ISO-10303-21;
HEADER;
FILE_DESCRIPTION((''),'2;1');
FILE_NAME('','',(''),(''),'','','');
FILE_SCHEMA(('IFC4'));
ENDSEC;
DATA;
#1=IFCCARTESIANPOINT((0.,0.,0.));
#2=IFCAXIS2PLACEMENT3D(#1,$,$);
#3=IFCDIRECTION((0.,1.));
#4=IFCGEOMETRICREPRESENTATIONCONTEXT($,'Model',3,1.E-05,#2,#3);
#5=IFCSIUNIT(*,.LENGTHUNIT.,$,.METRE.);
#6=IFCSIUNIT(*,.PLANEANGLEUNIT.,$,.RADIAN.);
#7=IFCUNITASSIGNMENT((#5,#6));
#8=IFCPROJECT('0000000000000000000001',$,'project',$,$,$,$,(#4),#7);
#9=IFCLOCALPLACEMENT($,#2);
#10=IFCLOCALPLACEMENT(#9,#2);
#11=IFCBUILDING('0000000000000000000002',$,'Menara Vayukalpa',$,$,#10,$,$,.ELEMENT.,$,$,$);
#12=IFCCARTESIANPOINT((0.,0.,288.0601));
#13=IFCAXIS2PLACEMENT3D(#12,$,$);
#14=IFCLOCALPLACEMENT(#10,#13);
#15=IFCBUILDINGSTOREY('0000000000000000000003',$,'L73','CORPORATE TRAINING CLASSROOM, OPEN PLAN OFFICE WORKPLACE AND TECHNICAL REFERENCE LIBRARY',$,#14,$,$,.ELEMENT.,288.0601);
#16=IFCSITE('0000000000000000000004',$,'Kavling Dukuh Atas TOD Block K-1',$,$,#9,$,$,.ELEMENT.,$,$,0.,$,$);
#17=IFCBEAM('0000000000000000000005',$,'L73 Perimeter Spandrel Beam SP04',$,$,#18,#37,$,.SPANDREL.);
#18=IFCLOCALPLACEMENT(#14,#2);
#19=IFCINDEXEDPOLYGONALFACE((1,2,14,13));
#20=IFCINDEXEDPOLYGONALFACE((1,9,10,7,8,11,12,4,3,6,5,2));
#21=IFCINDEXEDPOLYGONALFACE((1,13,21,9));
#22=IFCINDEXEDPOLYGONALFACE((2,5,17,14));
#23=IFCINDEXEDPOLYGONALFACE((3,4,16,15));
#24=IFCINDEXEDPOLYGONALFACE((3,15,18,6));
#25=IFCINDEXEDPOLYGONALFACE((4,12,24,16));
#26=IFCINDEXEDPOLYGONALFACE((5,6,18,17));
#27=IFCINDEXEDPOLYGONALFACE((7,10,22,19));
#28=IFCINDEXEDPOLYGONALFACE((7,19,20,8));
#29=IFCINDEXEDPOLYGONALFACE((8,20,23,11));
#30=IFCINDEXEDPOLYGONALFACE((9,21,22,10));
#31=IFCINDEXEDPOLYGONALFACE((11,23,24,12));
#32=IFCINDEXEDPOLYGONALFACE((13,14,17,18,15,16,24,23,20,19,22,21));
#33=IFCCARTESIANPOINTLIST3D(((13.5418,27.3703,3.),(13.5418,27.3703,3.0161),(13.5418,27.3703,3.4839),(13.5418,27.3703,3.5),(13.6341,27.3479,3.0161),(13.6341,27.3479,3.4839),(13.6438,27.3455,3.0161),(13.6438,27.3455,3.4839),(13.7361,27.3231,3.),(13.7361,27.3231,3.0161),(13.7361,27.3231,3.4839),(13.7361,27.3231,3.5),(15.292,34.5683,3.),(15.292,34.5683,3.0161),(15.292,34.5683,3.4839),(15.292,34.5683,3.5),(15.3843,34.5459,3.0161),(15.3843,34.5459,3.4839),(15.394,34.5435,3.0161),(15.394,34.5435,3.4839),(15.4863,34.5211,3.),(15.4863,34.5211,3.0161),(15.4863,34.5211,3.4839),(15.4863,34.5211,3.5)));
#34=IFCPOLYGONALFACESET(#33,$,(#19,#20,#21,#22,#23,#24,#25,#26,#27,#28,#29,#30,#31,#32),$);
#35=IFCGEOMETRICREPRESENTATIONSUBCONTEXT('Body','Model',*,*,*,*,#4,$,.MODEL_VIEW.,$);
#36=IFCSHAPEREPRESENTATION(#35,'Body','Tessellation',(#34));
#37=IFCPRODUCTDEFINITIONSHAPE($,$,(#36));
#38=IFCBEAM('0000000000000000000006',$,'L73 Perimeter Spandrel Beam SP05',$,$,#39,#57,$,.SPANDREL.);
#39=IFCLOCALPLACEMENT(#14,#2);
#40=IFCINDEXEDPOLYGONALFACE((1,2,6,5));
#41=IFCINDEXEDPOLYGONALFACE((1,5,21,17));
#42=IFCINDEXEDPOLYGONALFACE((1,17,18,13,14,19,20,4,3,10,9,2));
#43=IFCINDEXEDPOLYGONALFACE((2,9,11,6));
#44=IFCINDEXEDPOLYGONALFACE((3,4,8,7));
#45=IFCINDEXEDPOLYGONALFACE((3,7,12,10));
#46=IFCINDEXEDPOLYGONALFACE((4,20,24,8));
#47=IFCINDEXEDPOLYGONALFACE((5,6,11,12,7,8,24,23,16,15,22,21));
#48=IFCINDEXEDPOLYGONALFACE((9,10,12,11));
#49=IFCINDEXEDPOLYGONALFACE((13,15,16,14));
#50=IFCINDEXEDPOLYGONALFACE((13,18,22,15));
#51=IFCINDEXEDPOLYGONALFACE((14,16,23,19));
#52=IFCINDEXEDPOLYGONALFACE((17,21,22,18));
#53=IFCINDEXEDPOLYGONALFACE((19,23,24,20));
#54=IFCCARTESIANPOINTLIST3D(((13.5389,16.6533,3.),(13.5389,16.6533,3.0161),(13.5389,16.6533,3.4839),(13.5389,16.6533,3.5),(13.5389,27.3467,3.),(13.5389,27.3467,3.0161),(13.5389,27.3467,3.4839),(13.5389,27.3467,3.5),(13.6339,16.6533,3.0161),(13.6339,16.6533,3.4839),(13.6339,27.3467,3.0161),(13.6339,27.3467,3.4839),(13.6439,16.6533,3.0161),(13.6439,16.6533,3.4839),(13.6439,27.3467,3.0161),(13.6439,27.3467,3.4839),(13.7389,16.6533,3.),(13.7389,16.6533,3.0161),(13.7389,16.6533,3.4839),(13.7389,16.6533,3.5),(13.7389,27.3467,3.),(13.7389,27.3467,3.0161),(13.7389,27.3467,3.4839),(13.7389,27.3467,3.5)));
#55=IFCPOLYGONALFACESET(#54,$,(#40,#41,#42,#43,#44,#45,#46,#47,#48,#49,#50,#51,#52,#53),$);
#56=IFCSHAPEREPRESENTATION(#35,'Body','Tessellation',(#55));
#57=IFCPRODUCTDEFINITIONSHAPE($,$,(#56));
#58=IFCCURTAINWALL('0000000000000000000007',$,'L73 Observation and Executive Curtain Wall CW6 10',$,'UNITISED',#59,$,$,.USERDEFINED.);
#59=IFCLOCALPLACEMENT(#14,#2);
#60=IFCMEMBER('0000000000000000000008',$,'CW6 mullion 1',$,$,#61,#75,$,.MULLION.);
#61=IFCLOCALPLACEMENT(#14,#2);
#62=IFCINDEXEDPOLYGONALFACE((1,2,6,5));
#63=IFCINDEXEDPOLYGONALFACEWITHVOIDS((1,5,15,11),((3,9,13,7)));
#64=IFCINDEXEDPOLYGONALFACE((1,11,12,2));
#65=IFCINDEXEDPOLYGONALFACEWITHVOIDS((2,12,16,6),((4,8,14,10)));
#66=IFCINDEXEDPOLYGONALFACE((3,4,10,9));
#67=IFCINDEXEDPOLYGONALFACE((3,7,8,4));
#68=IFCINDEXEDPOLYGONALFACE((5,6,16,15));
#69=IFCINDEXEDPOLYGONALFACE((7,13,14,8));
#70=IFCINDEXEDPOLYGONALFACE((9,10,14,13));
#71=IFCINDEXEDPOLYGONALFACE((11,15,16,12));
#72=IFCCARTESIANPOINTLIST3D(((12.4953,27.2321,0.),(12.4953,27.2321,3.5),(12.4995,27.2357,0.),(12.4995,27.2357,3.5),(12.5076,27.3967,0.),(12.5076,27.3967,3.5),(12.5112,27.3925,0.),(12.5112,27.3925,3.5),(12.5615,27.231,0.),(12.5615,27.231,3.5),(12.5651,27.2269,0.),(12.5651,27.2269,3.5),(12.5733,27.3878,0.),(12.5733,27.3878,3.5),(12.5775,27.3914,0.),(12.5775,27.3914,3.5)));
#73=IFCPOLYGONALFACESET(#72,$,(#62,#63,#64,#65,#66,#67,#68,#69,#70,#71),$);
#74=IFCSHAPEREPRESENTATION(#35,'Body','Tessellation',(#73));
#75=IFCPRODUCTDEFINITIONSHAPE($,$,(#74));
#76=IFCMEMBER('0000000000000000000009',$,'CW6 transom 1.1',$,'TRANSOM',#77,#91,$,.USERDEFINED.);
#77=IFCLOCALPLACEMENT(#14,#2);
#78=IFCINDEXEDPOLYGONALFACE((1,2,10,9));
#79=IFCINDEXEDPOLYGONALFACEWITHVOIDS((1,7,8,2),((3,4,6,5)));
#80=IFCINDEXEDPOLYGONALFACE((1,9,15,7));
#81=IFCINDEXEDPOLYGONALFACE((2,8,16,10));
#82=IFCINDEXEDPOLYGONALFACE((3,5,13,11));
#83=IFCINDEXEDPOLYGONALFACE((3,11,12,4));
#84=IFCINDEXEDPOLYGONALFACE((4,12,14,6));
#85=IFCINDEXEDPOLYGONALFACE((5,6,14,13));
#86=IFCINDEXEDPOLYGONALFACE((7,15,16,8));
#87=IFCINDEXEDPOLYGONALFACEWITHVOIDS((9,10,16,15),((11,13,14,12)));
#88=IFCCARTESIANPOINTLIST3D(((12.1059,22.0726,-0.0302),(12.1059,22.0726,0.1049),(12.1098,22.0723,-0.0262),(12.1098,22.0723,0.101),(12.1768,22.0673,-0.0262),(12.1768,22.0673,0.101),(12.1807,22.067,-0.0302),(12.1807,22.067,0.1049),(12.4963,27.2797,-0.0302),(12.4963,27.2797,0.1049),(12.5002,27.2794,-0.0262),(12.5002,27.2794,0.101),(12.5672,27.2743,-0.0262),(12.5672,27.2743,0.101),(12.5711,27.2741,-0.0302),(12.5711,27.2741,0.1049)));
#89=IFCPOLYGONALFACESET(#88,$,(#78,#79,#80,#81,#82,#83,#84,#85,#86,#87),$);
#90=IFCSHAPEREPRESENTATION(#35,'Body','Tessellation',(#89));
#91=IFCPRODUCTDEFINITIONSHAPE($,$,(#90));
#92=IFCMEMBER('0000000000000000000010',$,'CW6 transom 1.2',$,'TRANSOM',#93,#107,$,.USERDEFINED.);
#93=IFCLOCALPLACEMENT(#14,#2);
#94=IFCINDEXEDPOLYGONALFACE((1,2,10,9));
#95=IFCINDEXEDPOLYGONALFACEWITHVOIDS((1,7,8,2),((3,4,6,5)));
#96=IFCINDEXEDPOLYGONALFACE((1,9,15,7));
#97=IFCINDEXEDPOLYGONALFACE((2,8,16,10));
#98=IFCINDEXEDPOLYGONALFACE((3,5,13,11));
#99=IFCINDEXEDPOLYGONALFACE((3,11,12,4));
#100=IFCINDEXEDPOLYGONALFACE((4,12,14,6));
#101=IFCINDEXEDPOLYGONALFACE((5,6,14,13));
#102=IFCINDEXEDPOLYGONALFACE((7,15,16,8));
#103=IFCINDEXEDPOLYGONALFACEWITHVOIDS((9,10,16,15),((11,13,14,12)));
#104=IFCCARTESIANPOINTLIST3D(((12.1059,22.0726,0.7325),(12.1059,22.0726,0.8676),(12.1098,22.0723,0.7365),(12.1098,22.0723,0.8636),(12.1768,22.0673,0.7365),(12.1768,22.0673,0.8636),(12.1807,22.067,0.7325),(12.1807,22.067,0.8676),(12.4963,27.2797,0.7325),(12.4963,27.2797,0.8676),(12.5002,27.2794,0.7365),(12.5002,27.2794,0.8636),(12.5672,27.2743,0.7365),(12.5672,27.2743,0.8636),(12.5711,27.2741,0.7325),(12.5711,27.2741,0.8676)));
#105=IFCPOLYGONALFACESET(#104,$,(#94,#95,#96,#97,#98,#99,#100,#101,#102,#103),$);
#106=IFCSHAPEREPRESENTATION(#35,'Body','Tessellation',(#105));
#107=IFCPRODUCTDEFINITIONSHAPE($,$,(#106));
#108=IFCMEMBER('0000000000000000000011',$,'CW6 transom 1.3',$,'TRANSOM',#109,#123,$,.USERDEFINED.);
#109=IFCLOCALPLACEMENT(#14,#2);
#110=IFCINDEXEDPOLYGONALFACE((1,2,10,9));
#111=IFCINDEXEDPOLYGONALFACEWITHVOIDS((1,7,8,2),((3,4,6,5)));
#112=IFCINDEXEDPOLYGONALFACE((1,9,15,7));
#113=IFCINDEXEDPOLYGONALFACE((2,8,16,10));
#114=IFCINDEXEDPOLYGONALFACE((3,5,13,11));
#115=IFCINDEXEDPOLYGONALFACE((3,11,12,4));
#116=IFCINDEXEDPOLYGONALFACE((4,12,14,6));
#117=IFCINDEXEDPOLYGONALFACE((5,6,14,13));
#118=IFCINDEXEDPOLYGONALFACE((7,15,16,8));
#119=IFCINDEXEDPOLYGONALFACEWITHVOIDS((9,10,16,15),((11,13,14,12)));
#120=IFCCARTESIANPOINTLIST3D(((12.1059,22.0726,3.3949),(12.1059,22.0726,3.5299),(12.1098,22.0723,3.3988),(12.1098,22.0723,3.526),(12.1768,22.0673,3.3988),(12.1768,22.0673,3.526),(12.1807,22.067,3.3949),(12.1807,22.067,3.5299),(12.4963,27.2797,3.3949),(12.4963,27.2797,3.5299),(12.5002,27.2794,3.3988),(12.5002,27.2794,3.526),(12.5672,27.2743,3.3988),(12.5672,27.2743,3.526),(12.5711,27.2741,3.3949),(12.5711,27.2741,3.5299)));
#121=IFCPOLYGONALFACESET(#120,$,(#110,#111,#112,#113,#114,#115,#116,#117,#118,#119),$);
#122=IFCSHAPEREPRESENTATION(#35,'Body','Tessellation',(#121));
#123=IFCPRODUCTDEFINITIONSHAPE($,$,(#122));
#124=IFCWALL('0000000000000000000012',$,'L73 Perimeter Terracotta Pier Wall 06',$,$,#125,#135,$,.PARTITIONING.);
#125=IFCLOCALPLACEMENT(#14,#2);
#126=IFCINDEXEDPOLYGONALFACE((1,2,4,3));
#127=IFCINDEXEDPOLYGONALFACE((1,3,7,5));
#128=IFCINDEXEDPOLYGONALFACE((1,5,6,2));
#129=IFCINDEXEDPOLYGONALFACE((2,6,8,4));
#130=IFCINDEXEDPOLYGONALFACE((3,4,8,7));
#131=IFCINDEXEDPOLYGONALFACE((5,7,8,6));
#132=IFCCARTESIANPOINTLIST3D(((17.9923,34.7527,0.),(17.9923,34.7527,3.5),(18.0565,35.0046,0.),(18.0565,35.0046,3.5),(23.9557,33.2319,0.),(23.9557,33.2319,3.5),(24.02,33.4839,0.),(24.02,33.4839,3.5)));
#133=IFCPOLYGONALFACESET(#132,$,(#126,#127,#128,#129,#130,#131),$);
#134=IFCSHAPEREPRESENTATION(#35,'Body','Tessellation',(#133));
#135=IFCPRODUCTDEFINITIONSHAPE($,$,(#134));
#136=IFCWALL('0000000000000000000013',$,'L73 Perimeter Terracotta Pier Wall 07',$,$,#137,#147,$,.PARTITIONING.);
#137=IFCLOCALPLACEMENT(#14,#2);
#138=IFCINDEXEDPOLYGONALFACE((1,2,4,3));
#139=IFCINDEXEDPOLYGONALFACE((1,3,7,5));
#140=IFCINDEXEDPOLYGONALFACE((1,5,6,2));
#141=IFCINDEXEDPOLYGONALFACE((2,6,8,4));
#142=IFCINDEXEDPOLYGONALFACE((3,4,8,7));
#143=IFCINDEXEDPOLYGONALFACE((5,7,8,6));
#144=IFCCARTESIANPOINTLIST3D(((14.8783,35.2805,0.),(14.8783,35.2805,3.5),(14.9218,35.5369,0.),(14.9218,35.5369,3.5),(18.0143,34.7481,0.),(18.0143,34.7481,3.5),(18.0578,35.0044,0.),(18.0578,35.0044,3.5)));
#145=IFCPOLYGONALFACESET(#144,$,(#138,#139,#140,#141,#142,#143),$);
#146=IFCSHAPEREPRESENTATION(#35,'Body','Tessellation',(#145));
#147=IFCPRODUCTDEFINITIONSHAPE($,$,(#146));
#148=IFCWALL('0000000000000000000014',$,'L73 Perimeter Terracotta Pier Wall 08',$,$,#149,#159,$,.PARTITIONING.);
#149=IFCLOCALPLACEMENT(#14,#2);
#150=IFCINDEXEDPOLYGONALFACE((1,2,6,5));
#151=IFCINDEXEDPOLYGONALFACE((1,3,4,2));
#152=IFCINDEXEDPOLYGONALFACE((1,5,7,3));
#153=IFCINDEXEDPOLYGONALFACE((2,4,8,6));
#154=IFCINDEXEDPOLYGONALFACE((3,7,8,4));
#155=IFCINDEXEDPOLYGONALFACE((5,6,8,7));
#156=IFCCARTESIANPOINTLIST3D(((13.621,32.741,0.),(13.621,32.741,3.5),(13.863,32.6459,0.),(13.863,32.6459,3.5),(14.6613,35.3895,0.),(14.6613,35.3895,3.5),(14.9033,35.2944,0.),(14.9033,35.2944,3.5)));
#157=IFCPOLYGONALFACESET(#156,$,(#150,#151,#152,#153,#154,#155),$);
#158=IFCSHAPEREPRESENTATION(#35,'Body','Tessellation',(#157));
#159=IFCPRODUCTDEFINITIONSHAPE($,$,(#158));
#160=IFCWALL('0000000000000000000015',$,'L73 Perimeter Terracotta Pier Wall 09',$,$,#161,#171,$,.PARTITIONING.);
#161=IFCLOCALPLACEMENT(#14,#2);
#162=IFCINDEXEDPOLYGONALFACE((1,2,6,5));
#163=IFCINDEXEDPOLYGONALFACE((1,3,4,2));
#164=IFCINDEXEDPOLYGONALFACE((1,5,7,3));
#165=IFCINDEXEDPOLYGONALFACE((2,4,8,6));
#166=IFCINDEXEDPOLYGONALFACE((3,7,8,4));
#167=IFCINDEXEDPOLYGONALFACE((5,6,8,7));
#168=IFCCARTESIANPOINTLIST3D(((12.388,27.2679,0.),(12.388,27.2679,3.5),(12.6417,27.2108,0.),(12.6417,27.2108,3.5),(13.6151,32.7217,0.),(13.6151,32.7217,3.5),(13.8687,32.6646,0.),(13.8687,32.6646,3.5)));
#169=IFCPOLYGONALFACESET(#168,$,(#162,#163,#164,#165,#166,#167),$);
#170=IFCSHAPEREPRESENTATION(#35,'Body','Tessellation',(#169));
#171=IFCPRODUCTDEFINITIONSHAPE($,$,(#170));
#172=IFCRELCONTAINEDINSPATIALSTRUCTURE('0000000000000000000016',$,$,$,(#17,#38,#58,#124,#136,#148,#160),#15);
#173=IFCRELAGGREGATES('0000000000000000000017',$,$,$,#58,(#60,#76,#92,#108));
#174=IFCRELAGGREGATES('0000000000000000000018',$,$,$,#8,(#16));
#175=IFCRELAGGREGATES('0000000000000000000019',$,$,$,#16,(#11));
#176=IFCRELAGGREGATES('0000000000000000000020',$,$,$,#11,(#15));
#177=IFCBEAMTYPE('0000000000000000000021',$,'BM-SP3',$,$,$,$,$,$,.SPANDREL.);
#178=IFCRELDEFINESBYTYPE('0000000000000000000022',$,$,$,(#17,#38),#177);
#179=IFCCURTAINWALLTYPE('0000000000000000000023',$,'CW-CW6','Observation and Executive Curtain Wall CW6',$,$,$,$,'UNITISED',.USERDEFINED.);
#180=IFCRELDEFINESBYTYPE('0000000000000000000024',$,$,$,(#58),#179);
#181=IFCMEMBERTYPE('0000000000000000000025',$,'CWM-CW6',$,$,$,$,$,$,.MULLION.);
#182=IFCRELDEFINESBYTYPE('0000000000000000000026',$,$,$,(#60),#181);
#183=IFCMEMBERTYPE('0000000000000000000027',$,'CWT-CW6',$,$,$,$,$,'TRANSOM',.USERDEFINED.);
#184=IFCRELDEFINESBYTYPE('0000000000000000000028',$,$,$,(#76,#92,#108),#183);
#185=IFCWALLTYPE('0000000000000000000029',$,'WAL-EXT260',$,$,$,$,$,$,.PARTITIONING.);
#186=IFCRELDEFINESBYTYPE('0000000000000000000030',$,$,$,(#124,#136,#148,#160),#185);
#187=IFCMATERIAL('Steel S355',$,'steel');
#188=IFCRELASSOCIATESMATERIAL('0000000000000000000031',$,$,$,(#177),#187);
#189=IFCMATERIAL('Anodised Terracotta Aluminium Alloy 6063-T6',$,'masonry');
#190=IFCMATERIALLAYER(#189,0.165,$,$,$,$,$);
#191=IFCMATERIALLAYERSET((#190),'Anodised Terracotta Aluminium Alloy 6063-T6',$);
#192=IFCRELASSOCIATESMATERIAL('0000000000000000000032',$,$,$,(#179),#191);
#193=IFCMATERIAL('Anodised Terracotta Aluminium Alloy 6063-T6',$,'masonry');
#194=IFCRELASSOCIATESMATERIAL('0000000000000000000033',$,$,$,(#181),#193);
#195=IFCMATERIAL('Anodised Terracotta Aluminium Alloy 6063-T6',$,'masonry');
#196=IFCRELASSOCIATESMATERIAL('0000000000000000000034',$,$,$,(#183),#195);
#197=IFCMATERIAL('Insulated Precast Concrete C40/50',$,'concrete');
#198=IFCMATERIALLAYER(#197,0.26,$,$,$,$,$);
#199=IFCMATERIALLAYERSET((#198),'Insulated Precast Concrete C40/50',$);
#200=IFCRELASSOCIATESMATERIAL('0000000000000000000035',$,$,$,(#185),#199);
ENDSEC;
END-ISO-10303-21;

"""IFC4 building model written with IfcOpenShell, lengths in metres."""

from ifc_helpers import new_model, si_unit, direction, frame, frame_2d, origin, origin_2d, place, context, subcontext, project, spatial, rectangle, hollow_rectangle, i_section, extrude, material, layer, layer_set, material_profile, profile_set, type_object, element, aggregate, save


model = new_model("IFC4")

# Units and contexts
model_context = context("Model", 3, precision=1e-05, world=origin(), true_north=direction((0.0, 1.0)))
body_context = subcontext(model_context, "Body", "Model", "MODEL_VIEW")
ifc_project = project(units=[si_unit("LENGTHUNIT", "METRE"), si_unit("PLANEANGLEUNIT", "RADIAN")], contexts=[model_context])

# Site, building, storey
site_placement = place(None, origin())
site = spatial("IfcSite", under=ifc_project, at=site_placement, Name="Kavling Dukuh Atas TOD Block K-1", CompositionType="ELEMENT", RefElevation=0.0)
building_placement = place(site_placement, origin())
building = spatial("IfcBuilding", under=site, at=building_placement, Name="Menara Vayukalpa", CompositionType="ELEMENT")
storey_placement = place(building_placement, frame((0.0, 0.0, 288.0601)))
storey = spatial("IfcBuildingStorey", under=building, at=storey_placement, Name="L73", Description="CORPORATE TRAINING CLASSROOM, OPEN PLAN OFFICE WORKPLACE AND TECHNICAL REFERENCE LIBRARY", CompositionType="ELEMENT", Elevation=288.0601)

# Beams
ifc_material_1 = material(Name="Steel S355", Category="steel")
ifc_material_profile_1 = material_profile(ifc_material_1, i_section(OverallWidth=0.2, OverallDepth=0.5, WebThickness=0.01, FlangeThickness=0.0161, at=origin_2d()), Name="WF 500x200x10x16")
ifc_profile_set_1 = profile_set([ifc_material_profile_1], Name="Steel S355")
beam_type_1 = type_object("IfcBeamType", Name="BM-SP3", PredefinedType="SPANDREL", material=ifc_profile_set_1)
beam_1_placement = place(storey_placement, frame((15.3892, 34.5447, 3.25), z_axis=(-0.236273, -0.971687, 0.0), x_axis=(0.971687, -0.236273, 0.0)))
element("IfcBeam", 1, at=beam_1_placement, inside=storey, type_object=beam_type_1, Name="L73 Perimeter Spandrel Beam SP04", PredefinedType="SPANDREL", context=body_context, shape_type="SweptSolid", body=[
    extrude(i_section(OverallWidth=0.2, OverallDepth=0.5, WebThickness=0.01, FlangeThickness=0.0161, at=origin_2d()), origin(), (0.0, 0.0, 1.0), 7.4077),
])
beam_2_placement = place(storey_placement, frame((13.6389, 27.3467, 3.25), z_axis=(0.0, -1.0, 0.0), x_axis=(1.0, 0.0, 0.0)))
element("IfcBeam", 2, at=beam_2_placement, inside=storey, type_object=beam_type_1, Name="L73 Perimeter Spandrel Beam SP05", PredefinedType="SPANDREL", context=body_context, shape_type="SweptSolid", body=[
    extrude(i_section(OverallWidth=0.2, OverallDepth=0.5, WebThickness=0.01, FlangeThickness=0.0161, at=origin_2d()), origin(), (0.0, 0.0, 1.0), 10.6934),
])

# Curtain wall, members
ifc_material_2 = material(Name="Anodised Terracotta Aluminium Alloy 6063-T6", Category="masonry")
ifc_layer_1 = layer(ifc_material_2, 0.165)
ifc_layer_set_1 = layer_set([ifc_layer_1], Name="Anodised Terracotta Aluminium Alloy 6063-T6")
curtain_wall_type = type_object("IfcCurtainWallType", Name="CW-CW6", Description="Observation and Executive Curtain Wall CW6", ElementType="UNITISED", PredefinedType="USERDEFINED", material=ifc_layer_set_1)
curtain_wall_placement = place(storey_placement, origin())
curtain_wall = element("IfcCurtainWall", 3, at=curtain_wall_placement, inside=storey, type_object=curtain_wall_type, Name="L73 Observation and Executive Curtain Wall CW6 10", ObjectType="UNITISED", PredefinedType="USERDEFINED")
ifc_material_3 = material(Name="Anodised Terracotta Aluminium Alloy 6063-T6", Category="masonry")
ifc_material_profile_2 = material_profile(ifc_material_3, hollow_rectangle(XDim=0.0701, YDim=0.165, WallThickness=0.0039, at=origin_2d()), Name="ALU 70x165x4")
ifc_profile_set_2 = profile_set([ifc_material_profile_2], Name="Anodised Terracotta Aluminium Alloy 6063-T6")
member_type_1 = type_object("IfcMemberType", Name="CWM-CW6", PredefinedType="MULLION", material=ifc_profile_set_2)
member_1_placement = place(storey_placement, frame((12.5364, 27.3118, 0.0), z_axis=(0.0, 0.0, 1.0), x_axis=(0.997199, -0.074789, 0.0)))
member_1 = element("IfcMember", 4, at=member_1_placement, type_object=member_type_1, Name="CW6 mullion 1", PredefinedType="MULLION", context=body_context, shape_type="SweptSolid", body=[
    extrude(hollow_rectangle(XDim=0.0701, YDim=0.165, WallThickness=0.0039, at=origin_2d()), origin(), (0.0, 0.0, 1.0), 3.5),
])
ifc_material_4 = material(Name="Anodised Terracotta Aluminium Alloy 6063-T6", Category="masonry")
ifc_material_profile_3 = material_profile(ifc_material_4, hollow_rectangle(XDim=0.075, YDim=0.135, WallThickness=0.0039, at=origin_2d()), Name="ALU 75x135x4")
ifc_profile_set_3 = profile_set([ifc_material_profile_3], Name="Anodised Terracotta Aluminium Alloy 6063-T6")
member_type_2 = type_object("IfcMemberType", Name="CWT-CW6", ElementType="TRANSOM", PredefinedType="USERDEFINED", material=ifc_profile_set_3)
member_2_placement = place(storey_placement, frame((12.5337, 27.2769, 0.0374), z_axis=(-0.074762, -0.997201, 0.0), x_axis=(0.997201, -0.074762, 0.0)))
member_2 = element("IfcMember", 5, at=member_2_placement, type_object=member_type_2, Name="CW6 transom 1.1", ObjectType="TRANSOM", PredefinedType="USERDEFINED", context=body_context, shape_type="SweptSolid", body=[
    extrude(hollow_rectangle(XDim=0.075, YDim=0.135, WallThickness=0.0039, at=origin_2d()), origin(), (0.0, 0.0, 1.0), 5.2217),
])
member_3_placement = place(storey_placement, frame((12.5337, 27.2769, 0.8), z_axis=(-0.074762, -0.997201, 0.0), x_axis=(0.997201, -0.074762, 0.0)))
member_3 = element("IfcMember", 6, at=member_3_placement, type_object=member_type_2, Name="CW6 transom 1.2", ObjectType="TRANSOM", PredefinedType="USERDEFINED", context=body_context, shape_type="SweptSolid", body=[
    extrude(hollow_rectangle(XDim=0.075, YDim=0.135, WallThickness=0.0039, at=origin_2d()), origin(), (0.0, 0.0, 1.0), 5.2217),
])
member_4_placement = place(storey_placement, frame((12.5337, 27.2769, 3.4624), z_axis=(-0.074762, -0.997201, 0.0), x_axis=(0.997201, -0.074762, 0.0)))
member_4 = element("IfcMember", 7, at=member_4_placement, type_object=member_type_2, Name="CW6 transom 1.3", ObjectType="TRANSOM", PredefinedType="USERDEFINED", context=body_context, shape_type="SweptSolid", body=[
    extrude(hollow_rectangle(XDim=0.075, YDim=0.135, WallThickness=0.0039, at=origin_2d()), origin(), (0.0, 0.0, 1.0), 5.2217),
])
aggregate(curtain_wall, [member_1, member_2, member_3, member_4])

# Walls
ifc_material_5 = material(Name="Insulated Precast Concrete C40/50", Category="concrete")
ifc_layer_2 = layer(ifc_material_5, 0.26)
ifc_layer_set_2 = layer_set([ifc_layer_2], Name="Insulated Precast Concrete C40/50")
wall_type_1 = type_object("IfcWallType", Name="WAL-EXT260", PredefinedType="PARTITIONING", material=ifc_layer_set_2)
wall_1_placement = place(storey_placement, frame((18.0244, 34.8787, 0.0), z_axis=(0.0, 0.0, 1.0), x_axis=(0.968988, -0.247107, 0.0)))
element("IfcWall", 8, at=wall_1_placement, inside=storey, type_object=wall_type_1, Name="L73 Perimeter Terracotta Pier Wall 06", PredefinedType="PARTITIONING", context=body_context, shape_type="SweptSolid", body=[
    extrude(rectangle(XDim=6.1543, YDim=0.26, at=frame_2d((3.0771, 0.0))), origin(), (0.0, 0.0, 1.0), 3.5),
])
wall_2_placement = place(storey_placement, frame((14.9001, 35.4087, 0.0), z_axis=(0.0, 0.0, 1.0), x_axis=(0.985889, -0.167398, 0.0)))
element("IfcWall", 9, at=wall_2_placement, inside=storey, type_object=wall_type_1, Name="L73 Perimeter Terracotta Pier Wall 07", PredefinedType="PARTITIONING", context=body_context, shape_type="SweptSolid", body=[
    extrude(rectangle(XDim=3.1809, YDim=0.26, at=frame_2d((1.5903, 0.0))), origin(), (0.0, 0.0, 1.0), 3.5),
])
wall_3_placement = place(storey_placement, frame((13.7419, 32.6934, 0.0), z_axis=(0.0, 0.0, 1.0), x_axis=(0.365599, 0.930772, 0.0)))
element("IfcWall", 10, at=wall_3_placement, inside=storey, type_object=wall_type_1, Name="L73 Perimeter Terracotta Pier Wall 08", PredefinedType="PARTITIONING", context=body_context, shape_type="SweptSolid", body=[
    extrude(rectangle(XDim=2.8455, YDim=0.26, at=frame_2d((1.4229, 0.0))), origin(), (0.0, 0.0, 1.0), 3.5),
])
wall_4_placement = place(storey_placement, frame((12.5149, 27.2395, 0.0), z_axis=(0.0, 0.0, 1.0), x_axis=(0.219501, 0.975612, 0.0)))
element("IfcWall", 11, at=wall_4_placement, inside=storey, type_object=wall_type_1, Name="L73 Perimeter Terracotta Pier Wall 09", PredefinedType="PARTITIONING", context=body_context, shape_type="SweptSolid", body=[
    extrude(rectangle(XDim=5.5901, YDim=0.26, at=frame_2d((2.7949, 0.0))), origin(), (0.0, 0.0, 1.0), 3.5),
])

save(model, "model.ifc")
